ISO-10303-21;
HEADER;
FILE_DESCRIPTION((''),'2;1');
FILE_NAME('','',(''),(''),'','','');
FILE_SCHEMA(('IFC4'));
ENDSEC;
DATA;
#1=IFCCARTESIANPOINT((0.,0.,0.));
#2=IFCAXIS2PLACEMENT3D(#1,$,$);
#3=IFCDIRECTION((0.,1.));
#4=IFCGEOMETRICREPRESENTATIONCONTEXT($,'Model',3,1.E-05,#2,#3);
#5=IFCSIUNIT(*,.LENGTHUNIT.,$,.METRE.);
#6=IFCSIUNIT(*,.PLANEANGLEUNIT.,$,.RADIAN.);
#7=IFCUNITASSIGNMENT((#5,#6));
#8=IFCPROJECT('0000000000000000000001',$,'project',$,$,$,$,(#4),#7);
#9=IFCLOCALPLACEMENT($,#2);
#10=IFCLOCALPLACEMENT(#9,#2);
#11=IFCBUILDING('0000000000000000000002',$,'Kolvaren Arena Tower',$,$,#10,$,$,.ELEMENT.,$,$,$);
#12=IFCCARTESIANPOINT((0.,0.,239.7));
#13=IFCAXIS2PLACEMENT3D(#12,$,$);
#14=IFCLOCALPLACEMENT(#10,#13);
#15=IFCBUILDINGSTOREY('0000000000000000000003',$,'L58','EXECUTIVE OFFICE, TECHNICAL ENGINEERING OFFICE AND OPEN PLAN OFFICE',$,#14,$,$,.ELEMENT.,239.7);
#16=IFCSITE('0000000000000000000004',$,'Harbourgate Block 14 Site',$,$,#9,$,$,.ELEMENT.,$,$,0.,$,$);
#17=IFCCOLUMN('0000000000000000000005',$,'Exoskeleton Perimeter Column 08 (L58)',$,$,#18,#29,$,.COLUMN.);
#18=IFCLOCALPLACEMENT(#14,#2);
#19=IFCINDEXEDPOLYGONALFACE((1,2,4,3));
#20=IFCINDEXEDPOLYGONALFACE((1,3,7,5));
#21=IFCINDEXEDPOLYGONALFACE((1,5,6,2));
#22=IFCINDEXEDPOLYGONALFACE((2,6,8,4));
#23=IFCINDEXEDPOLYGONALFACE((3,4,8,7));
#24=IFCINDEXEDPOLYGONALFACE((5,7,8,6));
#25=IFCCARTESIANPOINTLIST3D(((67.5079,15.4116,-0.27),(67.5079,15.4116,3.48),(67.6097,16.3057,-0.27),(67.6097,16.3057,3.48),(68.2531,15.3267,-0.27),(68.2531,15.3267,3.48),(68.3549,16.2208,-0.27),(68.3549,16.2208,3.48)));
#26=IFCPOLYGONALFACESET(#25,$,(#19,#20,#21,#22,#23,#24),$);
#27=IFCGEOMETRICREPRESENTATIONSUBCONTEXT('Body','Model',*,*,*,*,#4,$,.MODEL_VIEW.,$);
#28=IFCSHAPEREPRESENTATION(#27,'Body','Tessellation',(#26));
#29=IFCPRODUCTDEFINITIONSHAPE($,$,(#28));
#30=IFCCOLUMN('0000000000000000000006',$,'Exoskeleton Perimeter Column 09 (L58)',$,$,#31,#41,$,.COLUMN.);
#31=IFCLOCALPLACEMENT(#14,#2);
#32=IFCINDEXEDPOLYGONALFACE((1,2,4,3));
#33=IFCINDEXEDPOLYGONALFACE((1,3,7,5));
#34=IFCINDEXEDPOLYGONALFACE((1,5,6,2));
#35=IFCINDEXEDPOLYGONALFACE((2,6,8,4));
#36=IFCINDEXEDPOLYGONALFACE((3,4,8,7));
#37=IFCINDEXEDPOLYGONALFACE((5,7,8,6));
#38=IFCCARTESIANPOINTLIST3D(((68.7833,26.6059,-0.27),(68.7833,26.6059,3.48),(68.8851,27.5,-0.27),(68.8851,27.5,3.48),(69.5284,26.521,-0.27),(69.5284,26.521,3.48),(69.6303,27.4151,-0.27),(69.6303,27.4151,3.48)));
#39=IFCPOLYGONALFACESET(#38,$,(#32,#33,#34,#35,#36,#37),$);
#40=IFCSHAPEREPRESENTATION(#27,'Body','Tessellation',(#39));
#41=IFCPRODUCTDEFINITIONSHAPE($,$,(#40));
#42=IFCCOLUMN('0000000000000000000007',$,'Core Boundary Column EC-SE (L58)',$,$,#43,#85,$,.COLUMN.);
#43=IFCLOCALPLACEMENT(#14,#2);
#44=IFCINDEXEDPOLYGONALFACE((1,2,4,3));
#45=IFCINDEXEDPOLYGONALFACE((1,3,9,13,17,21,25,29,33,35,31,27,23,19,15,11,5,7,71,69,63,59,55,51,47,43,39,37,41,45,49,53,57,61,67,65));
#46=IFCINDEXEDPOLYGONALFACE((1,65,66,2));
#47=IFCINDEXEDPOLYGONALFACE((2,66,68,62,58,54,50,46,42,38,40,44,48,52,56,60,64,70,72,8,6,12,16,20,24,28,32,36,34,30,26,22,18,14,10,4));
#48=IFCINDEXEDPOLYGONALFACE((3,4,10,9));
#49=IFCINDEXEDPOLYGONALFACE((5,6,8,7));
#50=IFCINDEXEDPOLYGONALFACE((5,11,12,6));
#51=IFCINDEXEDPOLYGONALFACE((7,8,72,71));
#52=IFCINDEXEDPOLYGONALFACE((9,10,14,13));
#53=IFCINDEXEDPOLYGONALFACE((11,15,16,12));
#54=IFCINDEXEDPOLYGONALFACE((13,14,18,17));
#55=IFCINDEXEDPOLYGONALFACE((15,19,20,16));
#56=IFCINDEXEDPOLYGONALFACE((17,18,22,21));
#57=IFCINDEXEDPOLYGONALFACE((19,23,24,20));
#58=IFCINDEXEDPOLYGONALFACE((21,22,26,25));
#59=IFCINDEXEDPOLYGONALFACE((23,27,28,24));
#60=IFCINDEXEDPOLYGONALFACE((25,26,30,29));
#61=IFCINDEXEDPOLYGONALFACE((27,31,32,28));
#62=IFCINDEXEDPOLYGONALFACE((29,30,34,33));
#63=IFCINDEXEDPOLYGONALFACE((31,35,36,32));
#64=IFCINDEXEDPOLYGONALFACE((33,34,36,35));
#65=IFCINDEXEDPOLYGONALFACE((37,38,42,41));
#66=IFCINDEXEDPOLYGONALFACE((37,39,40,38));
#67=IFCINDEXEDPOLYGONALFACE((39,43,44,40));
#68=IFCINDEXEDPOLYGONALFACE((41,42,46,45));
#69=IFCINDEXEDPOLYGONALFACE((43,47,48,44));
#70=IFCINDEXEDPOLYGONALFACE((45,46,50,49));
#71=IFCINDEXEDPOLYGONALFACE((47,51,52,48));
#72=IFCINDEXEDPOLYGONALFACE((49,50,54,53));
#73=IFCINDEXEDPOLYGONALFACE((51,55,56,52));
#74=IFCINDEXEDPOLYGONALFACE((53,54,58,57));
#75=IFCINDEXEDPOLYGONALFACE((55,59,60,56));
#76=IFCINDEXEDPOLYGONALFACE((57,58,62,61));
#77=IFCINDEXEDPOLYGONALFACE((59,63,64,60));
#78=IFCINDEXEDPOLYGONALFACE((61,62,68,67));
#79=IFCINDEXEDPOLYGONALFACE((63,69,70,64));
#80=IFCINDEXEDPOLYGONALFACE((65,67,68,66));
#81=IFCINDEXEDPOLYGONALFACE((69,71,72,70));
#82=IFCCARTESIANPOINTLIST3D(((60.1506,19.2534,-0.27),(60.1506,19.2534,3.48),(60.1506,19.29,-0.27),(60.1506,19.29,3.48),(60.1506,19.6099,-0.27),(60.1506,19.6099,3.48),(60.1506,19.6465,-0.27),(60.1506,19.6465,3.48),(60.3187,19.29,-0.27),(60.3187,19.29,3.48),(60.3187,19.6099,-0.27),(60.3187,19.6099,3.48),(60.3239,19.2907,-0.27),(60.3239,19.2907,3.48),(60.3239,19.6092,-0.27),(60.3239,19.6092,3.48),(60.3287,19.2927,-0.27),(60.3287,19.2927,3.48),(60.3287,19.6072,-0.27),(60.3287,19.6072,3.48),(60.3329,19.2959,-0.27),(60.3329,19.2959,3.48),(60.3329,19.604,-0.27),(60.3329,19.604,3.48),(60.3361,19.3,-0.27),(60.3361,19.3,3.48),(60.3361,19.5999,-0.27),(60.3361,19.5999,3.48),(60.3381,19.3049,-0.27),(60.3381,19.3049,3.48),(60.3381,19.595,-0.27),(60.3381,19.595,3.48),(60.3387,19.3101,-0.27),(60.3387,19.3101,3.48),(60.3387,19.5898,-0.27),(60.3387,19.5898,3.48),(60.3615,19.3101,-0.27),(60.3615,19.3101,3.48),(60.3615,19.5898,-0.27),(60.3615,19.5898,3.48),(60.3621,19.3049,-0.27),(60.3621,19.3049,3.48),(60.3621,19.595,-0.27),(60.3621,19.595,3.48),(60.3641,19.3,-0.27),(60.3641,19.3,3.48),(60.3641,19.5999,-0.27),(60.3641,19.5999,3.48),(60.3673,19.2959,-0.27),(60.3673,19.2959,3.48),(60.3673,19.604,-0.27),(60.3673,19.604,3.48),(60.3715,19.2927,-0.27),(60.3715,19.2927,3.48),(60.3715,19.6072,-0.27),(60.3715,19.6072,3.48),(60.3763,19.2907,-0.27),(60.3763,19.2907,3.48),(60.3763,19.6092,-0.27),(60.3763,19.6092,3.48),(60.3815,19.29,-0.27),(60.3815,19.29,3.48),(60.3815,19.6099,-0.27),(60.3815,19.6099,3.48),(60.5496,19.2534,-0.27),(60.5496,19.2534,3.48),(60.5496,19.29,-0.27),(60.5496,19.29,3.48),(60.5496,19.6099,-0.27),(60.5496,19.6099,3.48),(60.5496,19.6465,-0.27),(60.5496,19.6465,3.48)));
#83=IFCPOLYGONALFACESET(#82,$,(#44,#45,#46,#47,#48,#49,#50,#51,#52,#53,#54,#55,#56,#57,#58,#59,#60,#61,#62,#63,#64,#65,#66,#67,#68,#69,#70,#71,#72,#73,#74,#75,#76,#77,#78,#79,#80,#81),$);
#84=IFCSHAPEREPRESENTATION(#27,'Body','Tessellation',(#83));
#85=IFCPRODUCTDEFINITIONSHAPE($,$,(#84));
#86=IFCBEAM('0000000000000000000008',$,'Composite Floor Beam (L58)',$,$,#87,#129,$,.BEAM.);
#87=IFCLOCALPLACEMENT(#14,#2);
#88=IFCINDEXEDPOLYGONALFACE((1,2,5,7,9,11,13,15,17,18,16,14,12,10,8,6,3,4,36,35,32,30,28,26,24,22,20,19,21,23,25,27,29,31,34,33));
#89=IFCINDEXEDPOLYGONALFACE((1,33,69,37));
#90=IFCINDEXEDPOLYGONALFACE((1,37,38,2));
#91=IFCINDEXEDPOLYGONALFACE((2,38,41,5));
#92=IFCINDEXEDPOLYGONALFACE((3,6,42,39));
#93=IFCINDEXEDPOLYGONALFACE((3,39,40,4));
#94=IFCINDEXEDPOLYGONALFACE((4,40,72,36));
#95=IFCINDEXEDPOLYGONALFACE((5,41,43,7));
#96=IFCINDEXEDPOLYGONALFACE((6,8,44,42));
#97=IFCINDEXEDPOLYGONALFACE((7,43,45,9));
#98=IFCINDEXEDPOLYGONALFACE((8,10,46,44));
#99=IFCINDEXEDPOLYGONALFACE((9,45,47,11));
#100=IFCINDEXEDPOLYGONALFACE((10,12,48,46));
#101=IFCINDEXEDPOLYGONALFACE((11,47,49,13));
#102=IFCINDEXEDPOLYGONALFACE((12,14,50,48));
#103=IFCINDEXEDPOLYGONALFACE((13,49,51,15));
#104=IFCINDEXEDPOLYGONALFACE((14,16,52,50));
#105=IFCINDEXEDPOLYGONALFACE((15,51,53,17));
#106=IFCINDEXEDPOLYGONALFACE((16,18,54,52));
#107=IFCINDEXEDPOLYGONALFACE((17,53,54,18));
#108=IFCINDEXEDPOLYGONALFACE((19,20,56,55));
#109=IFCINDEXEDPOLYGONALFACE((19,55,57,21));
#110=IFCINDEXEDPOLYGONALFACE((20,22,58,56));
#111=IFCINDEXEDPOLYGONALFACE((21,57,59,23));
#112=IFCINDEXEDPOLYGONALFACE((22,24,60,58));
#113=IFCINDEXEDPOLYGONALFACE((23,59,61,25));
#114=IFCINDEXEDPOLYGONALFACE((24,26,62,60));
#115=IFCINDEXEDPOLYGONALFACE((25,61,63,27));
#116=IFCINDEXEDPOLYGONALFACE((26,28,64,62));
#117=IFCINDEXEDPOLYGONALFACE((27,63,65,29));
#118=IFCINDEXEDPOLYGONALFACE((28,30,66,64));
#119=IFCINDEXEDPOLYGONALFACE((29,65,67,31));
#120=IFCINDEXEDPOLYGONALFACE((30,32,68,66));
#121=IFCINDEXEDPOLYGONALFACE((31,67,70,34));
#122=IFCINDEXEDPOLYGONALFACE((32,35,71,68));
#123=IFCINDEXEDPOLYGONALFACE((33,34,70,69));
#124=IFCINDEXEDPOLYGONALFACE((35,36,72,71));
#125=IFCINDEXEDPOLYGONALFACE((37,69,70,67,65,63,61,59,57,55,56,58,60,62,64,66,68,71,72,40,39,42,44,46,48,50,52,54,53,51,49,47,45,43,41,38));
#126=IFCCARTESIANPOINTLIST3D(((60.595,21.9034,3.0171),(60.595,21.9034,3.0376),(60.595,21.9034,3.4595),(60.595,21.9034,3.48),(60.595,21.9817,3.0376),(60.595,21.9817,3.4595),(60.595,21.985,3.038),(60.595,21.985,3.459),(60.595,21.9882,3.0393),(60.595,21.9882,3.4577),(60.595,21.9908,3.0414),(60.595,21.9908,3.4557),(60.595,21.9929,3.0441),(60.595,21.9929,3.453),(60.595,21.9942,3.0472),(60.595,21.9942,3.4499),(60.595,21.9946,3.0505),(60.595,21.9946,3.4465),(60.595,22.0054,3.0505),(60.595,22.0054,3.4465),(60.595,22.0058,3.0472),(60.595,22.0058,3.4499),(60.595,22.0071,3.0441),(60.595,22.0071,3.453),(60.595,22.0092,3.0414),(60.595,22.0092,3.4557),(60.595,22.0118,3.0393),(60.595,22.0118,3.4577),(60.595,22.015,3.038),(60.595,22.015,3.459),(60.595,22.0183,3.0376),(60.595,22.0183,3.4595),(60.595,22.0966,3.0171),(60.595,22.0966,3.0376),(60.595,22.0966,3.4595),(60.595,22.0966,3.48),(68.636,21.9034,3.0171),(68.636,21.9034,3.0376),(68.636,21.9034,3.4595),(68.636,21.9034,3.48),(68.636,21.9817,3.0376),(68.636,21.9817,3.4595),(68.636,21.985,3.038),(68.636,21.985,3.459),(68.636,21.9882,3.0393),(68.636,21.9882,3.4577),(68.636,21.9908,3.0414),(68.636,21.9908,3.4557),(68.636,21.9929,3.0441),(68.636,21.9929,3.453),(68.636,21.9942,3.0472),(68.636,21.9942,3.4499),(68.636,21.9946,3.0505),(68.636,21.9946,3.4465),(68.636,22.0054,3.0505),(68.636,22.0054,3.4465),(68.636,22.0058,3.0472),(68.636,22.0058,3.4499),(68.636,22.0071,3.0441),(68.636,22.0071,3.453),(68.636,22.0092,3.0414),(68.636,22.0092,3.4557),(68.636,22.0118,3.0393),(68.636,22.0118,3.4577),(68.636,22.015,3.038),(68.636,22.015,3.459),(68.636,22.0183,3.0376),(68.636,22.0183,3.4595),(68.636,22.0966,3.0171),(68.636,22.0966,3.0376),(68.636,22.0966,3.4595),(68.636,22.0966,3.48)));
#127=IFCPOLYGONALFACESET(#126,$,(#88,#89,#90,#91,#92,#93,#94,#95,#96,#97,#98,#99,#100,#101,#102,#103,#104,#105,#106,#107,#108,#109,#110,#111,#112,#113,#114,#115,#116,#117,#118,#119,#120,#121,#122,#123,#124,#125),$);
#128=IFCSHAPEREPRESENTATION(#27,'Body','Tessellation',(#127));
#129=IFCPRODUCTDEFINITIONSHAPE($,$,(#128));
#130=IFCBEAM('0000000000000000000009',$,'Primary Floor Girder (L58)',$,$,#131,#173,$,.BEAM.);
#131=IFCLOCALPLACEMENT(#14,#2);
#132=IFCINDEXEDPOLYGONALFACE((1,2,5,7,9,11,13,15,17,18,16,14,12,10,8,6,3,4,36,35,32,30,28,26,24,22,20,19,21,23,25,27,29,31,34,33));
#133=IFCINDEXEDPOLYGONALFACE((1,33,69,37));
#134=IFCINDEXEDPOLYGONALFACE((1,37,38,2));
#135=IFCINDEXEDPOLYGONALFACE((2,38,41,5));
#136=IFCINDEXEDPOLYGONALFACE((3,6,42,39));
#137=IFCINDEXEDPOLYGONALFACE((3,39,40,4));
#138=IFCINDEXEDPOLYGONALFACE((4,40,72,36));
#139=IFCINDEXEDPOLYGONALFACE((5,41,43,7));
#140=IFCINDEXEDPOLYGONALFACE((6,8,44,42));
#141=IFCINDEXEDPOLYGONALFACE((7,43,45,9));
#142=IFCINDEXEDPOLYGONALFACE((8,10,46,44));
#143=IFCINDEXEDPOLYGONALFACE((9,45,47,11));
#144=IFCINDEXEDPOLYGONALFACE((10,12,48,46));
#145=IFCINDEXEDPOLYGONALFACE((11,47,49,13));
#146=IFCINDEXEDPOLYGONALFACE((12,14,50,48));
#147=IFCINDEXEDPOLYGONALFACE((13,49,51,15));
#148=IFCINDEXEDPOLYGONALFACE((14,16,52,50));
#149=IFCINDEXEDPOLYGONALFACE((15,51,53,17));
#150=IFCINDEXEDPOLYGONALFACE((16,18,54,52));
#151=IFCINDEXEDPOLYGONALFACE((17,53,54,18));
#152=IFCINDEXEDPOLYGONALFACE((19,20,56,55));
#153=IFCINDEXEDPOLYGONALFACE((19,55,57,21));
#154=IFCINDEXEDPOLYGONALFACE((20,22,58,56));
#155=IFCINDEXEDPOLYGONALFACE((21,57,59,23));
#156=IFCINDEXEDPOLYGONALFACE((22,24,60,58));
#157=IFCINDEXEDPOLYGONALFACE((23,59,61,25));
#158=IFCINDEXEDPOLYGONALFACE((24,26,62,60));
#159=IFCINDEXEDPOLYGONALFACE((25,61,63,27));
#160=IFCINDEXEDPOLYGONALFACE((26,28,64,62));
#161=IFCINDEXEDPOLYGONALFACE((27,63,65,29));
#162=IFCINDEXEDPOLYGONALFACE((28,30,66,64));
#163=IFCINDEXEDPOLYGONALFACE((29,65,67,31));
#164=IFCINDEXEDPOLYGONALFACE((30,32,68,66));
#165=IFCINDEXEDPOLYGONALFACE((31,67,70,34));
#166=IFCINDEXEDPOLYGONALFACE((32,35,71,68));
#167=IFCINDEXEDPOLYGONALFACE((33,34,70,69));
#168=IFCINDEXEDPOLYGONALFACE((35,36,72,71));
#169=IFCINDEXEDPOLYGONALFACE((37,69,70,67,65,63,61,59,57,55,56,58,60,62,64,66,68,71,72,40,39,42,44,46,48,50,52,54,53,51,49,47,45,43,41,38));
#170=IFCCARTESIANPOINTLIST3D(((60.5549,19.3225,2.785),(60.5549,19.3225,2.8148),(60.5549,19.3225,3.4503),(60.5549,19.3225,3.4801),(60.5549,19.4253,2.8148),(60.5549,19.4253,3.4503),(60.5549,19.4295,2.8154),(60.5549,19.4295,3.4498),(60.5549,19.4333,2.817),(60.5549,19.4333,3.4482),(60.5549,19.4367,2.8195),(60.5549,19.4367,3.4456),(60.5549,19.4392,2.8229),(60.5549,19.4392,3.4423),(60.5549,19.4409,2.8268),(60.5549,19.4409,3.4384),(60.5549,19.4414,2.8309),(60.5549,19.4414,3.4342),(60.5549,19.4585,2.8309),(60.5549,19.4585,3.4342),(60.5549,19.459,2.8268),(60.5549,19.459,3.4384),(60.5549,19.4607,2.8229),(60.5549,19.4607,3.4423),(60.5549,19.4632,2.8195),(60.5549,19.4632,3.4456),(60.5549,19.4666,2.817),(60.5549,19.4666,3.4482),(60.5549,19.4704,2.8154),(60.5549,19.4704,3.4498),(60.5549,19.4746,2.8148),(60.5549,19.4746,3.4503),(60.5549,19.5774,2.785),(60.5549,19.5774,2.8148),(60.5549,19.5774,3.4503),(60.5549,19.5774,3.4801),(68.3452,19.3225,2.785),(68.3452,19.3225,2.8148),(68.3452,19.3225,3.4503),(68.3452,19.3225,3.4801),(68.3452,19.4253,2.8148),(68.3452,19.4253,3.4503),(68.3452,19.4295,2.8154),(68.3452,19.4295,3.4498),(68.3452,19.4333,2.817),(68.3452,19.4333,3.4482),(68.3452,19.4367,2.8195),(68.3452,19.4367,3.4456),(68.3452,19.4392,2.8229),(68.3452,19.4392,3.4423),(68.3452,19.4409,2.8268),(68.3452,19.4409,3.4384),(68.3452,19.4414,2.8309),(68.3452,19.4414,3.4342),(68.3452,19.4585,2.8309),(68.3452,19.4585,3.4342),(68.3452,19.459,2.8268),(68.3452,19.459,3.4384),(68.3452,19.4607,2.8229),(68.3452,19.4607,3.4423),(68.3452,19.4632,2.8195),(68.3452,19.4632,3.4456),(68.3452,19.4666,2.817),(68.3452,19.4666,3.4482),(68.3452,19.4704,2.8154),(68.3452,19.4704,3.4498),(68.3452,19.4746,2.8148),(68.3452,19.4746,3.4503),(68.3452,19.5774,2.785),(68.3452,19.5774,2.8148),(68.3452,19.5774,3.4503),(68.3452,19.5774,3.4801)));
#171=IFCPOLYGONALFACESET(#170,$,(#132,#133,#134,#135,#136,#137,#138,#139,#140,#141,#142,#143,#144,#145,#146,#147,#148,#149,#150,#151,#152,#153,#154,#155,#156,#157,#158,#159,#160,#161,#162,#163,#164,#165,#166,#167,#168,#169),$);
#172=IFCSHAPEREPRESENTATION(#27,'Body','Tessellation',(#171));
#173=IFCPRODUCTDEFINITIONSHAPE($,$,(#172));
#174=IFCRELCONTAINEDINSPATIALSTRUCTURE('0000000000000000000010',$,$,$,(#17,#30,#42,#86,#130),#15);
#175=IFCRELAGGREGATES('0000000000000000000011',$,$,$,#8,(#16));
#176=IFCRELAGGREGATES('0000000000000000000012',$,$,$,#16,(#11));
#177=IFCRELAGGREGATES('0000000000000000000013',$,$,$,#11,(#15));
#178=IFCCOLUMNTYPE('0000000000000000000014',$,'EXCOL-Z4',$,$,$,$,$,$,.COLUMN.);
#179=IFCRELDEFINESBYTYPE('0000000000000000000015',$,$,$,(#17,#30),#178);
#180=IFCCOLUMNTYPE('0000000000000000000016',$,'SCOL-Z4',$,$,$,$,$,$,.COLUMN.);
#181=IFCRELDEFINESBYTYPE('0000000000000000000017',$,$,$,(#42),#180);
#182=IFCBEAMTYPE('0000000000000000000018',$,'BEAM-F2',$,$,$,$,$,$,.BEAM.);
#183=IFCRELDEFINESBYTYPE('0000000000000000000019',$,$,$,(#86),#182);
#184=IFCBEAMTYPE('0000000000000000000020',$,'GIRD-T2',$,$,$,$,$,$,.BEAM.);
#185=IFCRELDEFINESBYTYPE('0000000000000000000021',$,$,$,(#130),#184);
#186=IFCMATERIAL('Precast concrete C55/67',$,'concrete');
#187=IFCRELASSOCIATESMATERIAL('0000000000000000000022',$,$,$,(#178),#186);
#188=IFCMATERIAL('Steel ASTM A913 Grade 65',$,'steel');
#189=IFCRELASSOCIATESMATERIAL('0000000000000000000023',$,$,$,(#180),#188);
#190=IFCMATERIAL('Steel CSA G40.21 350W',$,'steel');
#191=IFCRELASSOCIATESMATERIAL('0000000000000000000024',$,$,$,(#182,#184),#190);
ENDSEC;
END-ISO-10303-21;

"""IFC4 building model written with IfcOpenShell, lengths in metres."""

from ifc_helpers import new_model, si_unit, direction, frame, origin, origin_2d, place, context, subcontext, project, spatial, rectangle, i_section, extrude, material, material_profile, profile_set, type_object, element, save


model = new_model("IFC4")

# Units and contexts
model_context = context("Model", 3, precision=1e-05, world=origin(), true_north=direction((0.0, 1.0)))
body_context = subcontext(model_context, "Body", "Model", "MODEL_VIEW")
ifc_project = project(units=[si_unit("LENGTHUNIT", "METRE"), si_unit("PLANEANGLEUNIT", "RADIAN")], contexts=[model_context])

# Site, building, storey
site_placement = place(None, origin())
site = spatial("IfcSite", under=ifc_project, at=site_placement, Name="Harbourgate Block 14 Site", CompositionType="ELEMENT", RefElevation=0.0)
building_placement = place(site_placement, origin())
building = spatial("IfcBuilding", under=site, at=building_placement, Name="Kolvaren Arena Tower", CompositionType="ELEMENT")
storey_placement = place(building_placement, frame((0.0, 0.0, 239.7)))
storey = spatial("IfcBuildingStorey", under=building, at=storey_placement, Name="L58", Description="EXECUTIVE OFFICE, TECHNICAL ENGINEERING OFFICE AND OPEN PLAN OFFICE", CompositionType="ELEMENT", Elevation=239.7)

# Columns
ifc_material_1 = material(Name="Precast concrete C55/67", Category="concrete")
ifc_material_profile_1 = material_profile(ifc_material_1, rectangle(XDim=0.8999, YDim=0.75, at=origin_2d()), Name="RC-900x750")
ifc_profile_set_1 = profile_set([ifc_material_profile_1], Name="Precast concrete C55/67")
column_type_1 = type_object("IfcColumnType", Name="EXCOL-Z4", PredefinedType="COLUMN", material=ifc_profile_set_1)
for number, where, z_axis, x_axis, name in (
    (1, (67.9314, 15.8162, -0.27), (0.0, 0.0, 1.0), (0.113203, 0.993572, 0.0), "Exoskeleton Perimeter Column 08 (L58)"),
    (2, (69.2068, 27.0105, -0.27), (0.0, 0.0, 1.0), (0.113203, 0.993572, 0.0), "Exoskeleton Perimeter Column 09 (L58)"),
):
    element("IfcColumn", number, at=place(storey_placement, frame(where, z_axis=z_axis, x_axis=x_axis)), inside=storey, type_object=column_type_1, Name=name, PredefinedType="COLUMN", context=body_context, shape_type="SweptSolid", body=[
        extrude(rectangle(XDim=0.8999, YDim=0.75, at=origin_2d()), origin(), (0.0, 0.0, 1.0), 3.75),
    ])
ifc_material_2 = material(Name="Steel ASTM A913 Grade 65", Category="steel")
ifc_material_profile_2 = material_profile(ifc_material_2, i_section(OverallWidth=0.3989, OverallDepth=0.3931, WebThickness=0.0227, FlangeThickness=0.0366, FilletRadius=0.02, at=origin_2d()), Name="W360x287")
ifc_profile_set_2 = profile_set([ifc_material_profile_2], Name="Steel ASTM A913 Grade 65")
column_type_2 = type_object("IfcColumnType", Name="SCOL-Z4", PredefinedType="COLUMN", material=ifc_profile_set_2)
column_placement = place(storey_placement, frame((60.3501, 19.45, -0.27), z_axis=(0.0, 0.0, 1.0), x_axis=(1.0, 0.0, 0.0)))
element("IfcColumn", 3, at=column_placement, inside=storey, type_object=column_type_2, Name="Core Boundary Column EC-SE (L58)", PredefinedType="COLUMN", context=body_context, shape_type="SweptSolid", body=[
    extrude(i_section(OverallWidth=0.3989, OverallDepth=0.3931, WebThickness=0.0227, FlangeThickness=0.0366, FilletRadius=0.02, at=origin_2d()), origin(), (0.0, 0.0, 1.0), 3.75),
])

# Beams
ifc_material_3 = material(Name="Steel CSA G40.21 350W", Category="steel")
ifc_material_profile_3 = material_profile(ifc_material_3, i_section(OverallWidth=0.1931, OverallDepth=0.4629, WebThickness=0.0107, FlangeThickness=0.0205, FilletRadius=0.0129, at=origin_2d()), Name="W460x113")
ifc_profile_set_3 = profile_set([ifc_material_profile_3], Name="Steel CSA G40.21 350W")
beam_type_1 = type_object("IfcBeamType", Name="BEAM-F2", PredefinedType="BEAM", material=ifc_profile_set_3)
beam_1_placement = place(storey_placement, frame((60.595, 22.0, 3.2485), z_axis=(1.0, 0.0, 0.0), x_axis=(0.0, 1.0, 0.0)))
element("IfcBeam", 4, at=beam_1_placement, inside=storey, type_object=beam_type_1, Name="Composite Floor Beam (L58)", PredefinedType="BEAM", context=body_context, shape_type="SweptSolid", body=[
    extrude(i_section(OverallWidth=0.1931, OverallDepth=0.4629, WebThickness=0.0107, FlangeThickness=0.0205, FilletRadius=0.0129, at=origin_2d()), origin(), (0.0, 0.0, 1.0), 8.041),
])
ifc_material_profile_4 = material_profile(ifc_material_3, i_section(OverallWidth=0.2549, OverallDepth=0.6951, WebThickness=0.0171, FlangeThickness=0.0298, FilletRadius=0.0161, at=origin_2d()), Name="W690x217")
ifc_profile_set_4 = profile_set([ifc_material_profile_4], Name="Steel CSA G40.21 350W")
beam_type_2 = type_object("IfcBeamType", Name="GIRD-T2", PredefinedType="BEAM", material=ifc_profile_set_4)
beam_2_placement = place(storey_placement, frame((60.5549, 19.45, 3.1326), z_axis=(1.0, 0.0, 0.0), x_axis=(0.0, 1.0, 0.0)))
element("IfcBeam", 5, at=beam_2_placement, inside=storey, type_object=beam_type_2, Name="Primary Floor Girder (L58)", PredefinedType="BEAM", context=body_context, shape_type="SweptSolid", body=[
    extrude(i_section(OverallWidth=0.2549, OverallDepth=0.6951, WebThickness=0.0171, FlangeThickness=0.0298, FilletRadius=0.0161, at=origin_2d()), origin(), (0.0, 0.0, 1.0), 7.7903),
])

save(model, "model.ifc")
